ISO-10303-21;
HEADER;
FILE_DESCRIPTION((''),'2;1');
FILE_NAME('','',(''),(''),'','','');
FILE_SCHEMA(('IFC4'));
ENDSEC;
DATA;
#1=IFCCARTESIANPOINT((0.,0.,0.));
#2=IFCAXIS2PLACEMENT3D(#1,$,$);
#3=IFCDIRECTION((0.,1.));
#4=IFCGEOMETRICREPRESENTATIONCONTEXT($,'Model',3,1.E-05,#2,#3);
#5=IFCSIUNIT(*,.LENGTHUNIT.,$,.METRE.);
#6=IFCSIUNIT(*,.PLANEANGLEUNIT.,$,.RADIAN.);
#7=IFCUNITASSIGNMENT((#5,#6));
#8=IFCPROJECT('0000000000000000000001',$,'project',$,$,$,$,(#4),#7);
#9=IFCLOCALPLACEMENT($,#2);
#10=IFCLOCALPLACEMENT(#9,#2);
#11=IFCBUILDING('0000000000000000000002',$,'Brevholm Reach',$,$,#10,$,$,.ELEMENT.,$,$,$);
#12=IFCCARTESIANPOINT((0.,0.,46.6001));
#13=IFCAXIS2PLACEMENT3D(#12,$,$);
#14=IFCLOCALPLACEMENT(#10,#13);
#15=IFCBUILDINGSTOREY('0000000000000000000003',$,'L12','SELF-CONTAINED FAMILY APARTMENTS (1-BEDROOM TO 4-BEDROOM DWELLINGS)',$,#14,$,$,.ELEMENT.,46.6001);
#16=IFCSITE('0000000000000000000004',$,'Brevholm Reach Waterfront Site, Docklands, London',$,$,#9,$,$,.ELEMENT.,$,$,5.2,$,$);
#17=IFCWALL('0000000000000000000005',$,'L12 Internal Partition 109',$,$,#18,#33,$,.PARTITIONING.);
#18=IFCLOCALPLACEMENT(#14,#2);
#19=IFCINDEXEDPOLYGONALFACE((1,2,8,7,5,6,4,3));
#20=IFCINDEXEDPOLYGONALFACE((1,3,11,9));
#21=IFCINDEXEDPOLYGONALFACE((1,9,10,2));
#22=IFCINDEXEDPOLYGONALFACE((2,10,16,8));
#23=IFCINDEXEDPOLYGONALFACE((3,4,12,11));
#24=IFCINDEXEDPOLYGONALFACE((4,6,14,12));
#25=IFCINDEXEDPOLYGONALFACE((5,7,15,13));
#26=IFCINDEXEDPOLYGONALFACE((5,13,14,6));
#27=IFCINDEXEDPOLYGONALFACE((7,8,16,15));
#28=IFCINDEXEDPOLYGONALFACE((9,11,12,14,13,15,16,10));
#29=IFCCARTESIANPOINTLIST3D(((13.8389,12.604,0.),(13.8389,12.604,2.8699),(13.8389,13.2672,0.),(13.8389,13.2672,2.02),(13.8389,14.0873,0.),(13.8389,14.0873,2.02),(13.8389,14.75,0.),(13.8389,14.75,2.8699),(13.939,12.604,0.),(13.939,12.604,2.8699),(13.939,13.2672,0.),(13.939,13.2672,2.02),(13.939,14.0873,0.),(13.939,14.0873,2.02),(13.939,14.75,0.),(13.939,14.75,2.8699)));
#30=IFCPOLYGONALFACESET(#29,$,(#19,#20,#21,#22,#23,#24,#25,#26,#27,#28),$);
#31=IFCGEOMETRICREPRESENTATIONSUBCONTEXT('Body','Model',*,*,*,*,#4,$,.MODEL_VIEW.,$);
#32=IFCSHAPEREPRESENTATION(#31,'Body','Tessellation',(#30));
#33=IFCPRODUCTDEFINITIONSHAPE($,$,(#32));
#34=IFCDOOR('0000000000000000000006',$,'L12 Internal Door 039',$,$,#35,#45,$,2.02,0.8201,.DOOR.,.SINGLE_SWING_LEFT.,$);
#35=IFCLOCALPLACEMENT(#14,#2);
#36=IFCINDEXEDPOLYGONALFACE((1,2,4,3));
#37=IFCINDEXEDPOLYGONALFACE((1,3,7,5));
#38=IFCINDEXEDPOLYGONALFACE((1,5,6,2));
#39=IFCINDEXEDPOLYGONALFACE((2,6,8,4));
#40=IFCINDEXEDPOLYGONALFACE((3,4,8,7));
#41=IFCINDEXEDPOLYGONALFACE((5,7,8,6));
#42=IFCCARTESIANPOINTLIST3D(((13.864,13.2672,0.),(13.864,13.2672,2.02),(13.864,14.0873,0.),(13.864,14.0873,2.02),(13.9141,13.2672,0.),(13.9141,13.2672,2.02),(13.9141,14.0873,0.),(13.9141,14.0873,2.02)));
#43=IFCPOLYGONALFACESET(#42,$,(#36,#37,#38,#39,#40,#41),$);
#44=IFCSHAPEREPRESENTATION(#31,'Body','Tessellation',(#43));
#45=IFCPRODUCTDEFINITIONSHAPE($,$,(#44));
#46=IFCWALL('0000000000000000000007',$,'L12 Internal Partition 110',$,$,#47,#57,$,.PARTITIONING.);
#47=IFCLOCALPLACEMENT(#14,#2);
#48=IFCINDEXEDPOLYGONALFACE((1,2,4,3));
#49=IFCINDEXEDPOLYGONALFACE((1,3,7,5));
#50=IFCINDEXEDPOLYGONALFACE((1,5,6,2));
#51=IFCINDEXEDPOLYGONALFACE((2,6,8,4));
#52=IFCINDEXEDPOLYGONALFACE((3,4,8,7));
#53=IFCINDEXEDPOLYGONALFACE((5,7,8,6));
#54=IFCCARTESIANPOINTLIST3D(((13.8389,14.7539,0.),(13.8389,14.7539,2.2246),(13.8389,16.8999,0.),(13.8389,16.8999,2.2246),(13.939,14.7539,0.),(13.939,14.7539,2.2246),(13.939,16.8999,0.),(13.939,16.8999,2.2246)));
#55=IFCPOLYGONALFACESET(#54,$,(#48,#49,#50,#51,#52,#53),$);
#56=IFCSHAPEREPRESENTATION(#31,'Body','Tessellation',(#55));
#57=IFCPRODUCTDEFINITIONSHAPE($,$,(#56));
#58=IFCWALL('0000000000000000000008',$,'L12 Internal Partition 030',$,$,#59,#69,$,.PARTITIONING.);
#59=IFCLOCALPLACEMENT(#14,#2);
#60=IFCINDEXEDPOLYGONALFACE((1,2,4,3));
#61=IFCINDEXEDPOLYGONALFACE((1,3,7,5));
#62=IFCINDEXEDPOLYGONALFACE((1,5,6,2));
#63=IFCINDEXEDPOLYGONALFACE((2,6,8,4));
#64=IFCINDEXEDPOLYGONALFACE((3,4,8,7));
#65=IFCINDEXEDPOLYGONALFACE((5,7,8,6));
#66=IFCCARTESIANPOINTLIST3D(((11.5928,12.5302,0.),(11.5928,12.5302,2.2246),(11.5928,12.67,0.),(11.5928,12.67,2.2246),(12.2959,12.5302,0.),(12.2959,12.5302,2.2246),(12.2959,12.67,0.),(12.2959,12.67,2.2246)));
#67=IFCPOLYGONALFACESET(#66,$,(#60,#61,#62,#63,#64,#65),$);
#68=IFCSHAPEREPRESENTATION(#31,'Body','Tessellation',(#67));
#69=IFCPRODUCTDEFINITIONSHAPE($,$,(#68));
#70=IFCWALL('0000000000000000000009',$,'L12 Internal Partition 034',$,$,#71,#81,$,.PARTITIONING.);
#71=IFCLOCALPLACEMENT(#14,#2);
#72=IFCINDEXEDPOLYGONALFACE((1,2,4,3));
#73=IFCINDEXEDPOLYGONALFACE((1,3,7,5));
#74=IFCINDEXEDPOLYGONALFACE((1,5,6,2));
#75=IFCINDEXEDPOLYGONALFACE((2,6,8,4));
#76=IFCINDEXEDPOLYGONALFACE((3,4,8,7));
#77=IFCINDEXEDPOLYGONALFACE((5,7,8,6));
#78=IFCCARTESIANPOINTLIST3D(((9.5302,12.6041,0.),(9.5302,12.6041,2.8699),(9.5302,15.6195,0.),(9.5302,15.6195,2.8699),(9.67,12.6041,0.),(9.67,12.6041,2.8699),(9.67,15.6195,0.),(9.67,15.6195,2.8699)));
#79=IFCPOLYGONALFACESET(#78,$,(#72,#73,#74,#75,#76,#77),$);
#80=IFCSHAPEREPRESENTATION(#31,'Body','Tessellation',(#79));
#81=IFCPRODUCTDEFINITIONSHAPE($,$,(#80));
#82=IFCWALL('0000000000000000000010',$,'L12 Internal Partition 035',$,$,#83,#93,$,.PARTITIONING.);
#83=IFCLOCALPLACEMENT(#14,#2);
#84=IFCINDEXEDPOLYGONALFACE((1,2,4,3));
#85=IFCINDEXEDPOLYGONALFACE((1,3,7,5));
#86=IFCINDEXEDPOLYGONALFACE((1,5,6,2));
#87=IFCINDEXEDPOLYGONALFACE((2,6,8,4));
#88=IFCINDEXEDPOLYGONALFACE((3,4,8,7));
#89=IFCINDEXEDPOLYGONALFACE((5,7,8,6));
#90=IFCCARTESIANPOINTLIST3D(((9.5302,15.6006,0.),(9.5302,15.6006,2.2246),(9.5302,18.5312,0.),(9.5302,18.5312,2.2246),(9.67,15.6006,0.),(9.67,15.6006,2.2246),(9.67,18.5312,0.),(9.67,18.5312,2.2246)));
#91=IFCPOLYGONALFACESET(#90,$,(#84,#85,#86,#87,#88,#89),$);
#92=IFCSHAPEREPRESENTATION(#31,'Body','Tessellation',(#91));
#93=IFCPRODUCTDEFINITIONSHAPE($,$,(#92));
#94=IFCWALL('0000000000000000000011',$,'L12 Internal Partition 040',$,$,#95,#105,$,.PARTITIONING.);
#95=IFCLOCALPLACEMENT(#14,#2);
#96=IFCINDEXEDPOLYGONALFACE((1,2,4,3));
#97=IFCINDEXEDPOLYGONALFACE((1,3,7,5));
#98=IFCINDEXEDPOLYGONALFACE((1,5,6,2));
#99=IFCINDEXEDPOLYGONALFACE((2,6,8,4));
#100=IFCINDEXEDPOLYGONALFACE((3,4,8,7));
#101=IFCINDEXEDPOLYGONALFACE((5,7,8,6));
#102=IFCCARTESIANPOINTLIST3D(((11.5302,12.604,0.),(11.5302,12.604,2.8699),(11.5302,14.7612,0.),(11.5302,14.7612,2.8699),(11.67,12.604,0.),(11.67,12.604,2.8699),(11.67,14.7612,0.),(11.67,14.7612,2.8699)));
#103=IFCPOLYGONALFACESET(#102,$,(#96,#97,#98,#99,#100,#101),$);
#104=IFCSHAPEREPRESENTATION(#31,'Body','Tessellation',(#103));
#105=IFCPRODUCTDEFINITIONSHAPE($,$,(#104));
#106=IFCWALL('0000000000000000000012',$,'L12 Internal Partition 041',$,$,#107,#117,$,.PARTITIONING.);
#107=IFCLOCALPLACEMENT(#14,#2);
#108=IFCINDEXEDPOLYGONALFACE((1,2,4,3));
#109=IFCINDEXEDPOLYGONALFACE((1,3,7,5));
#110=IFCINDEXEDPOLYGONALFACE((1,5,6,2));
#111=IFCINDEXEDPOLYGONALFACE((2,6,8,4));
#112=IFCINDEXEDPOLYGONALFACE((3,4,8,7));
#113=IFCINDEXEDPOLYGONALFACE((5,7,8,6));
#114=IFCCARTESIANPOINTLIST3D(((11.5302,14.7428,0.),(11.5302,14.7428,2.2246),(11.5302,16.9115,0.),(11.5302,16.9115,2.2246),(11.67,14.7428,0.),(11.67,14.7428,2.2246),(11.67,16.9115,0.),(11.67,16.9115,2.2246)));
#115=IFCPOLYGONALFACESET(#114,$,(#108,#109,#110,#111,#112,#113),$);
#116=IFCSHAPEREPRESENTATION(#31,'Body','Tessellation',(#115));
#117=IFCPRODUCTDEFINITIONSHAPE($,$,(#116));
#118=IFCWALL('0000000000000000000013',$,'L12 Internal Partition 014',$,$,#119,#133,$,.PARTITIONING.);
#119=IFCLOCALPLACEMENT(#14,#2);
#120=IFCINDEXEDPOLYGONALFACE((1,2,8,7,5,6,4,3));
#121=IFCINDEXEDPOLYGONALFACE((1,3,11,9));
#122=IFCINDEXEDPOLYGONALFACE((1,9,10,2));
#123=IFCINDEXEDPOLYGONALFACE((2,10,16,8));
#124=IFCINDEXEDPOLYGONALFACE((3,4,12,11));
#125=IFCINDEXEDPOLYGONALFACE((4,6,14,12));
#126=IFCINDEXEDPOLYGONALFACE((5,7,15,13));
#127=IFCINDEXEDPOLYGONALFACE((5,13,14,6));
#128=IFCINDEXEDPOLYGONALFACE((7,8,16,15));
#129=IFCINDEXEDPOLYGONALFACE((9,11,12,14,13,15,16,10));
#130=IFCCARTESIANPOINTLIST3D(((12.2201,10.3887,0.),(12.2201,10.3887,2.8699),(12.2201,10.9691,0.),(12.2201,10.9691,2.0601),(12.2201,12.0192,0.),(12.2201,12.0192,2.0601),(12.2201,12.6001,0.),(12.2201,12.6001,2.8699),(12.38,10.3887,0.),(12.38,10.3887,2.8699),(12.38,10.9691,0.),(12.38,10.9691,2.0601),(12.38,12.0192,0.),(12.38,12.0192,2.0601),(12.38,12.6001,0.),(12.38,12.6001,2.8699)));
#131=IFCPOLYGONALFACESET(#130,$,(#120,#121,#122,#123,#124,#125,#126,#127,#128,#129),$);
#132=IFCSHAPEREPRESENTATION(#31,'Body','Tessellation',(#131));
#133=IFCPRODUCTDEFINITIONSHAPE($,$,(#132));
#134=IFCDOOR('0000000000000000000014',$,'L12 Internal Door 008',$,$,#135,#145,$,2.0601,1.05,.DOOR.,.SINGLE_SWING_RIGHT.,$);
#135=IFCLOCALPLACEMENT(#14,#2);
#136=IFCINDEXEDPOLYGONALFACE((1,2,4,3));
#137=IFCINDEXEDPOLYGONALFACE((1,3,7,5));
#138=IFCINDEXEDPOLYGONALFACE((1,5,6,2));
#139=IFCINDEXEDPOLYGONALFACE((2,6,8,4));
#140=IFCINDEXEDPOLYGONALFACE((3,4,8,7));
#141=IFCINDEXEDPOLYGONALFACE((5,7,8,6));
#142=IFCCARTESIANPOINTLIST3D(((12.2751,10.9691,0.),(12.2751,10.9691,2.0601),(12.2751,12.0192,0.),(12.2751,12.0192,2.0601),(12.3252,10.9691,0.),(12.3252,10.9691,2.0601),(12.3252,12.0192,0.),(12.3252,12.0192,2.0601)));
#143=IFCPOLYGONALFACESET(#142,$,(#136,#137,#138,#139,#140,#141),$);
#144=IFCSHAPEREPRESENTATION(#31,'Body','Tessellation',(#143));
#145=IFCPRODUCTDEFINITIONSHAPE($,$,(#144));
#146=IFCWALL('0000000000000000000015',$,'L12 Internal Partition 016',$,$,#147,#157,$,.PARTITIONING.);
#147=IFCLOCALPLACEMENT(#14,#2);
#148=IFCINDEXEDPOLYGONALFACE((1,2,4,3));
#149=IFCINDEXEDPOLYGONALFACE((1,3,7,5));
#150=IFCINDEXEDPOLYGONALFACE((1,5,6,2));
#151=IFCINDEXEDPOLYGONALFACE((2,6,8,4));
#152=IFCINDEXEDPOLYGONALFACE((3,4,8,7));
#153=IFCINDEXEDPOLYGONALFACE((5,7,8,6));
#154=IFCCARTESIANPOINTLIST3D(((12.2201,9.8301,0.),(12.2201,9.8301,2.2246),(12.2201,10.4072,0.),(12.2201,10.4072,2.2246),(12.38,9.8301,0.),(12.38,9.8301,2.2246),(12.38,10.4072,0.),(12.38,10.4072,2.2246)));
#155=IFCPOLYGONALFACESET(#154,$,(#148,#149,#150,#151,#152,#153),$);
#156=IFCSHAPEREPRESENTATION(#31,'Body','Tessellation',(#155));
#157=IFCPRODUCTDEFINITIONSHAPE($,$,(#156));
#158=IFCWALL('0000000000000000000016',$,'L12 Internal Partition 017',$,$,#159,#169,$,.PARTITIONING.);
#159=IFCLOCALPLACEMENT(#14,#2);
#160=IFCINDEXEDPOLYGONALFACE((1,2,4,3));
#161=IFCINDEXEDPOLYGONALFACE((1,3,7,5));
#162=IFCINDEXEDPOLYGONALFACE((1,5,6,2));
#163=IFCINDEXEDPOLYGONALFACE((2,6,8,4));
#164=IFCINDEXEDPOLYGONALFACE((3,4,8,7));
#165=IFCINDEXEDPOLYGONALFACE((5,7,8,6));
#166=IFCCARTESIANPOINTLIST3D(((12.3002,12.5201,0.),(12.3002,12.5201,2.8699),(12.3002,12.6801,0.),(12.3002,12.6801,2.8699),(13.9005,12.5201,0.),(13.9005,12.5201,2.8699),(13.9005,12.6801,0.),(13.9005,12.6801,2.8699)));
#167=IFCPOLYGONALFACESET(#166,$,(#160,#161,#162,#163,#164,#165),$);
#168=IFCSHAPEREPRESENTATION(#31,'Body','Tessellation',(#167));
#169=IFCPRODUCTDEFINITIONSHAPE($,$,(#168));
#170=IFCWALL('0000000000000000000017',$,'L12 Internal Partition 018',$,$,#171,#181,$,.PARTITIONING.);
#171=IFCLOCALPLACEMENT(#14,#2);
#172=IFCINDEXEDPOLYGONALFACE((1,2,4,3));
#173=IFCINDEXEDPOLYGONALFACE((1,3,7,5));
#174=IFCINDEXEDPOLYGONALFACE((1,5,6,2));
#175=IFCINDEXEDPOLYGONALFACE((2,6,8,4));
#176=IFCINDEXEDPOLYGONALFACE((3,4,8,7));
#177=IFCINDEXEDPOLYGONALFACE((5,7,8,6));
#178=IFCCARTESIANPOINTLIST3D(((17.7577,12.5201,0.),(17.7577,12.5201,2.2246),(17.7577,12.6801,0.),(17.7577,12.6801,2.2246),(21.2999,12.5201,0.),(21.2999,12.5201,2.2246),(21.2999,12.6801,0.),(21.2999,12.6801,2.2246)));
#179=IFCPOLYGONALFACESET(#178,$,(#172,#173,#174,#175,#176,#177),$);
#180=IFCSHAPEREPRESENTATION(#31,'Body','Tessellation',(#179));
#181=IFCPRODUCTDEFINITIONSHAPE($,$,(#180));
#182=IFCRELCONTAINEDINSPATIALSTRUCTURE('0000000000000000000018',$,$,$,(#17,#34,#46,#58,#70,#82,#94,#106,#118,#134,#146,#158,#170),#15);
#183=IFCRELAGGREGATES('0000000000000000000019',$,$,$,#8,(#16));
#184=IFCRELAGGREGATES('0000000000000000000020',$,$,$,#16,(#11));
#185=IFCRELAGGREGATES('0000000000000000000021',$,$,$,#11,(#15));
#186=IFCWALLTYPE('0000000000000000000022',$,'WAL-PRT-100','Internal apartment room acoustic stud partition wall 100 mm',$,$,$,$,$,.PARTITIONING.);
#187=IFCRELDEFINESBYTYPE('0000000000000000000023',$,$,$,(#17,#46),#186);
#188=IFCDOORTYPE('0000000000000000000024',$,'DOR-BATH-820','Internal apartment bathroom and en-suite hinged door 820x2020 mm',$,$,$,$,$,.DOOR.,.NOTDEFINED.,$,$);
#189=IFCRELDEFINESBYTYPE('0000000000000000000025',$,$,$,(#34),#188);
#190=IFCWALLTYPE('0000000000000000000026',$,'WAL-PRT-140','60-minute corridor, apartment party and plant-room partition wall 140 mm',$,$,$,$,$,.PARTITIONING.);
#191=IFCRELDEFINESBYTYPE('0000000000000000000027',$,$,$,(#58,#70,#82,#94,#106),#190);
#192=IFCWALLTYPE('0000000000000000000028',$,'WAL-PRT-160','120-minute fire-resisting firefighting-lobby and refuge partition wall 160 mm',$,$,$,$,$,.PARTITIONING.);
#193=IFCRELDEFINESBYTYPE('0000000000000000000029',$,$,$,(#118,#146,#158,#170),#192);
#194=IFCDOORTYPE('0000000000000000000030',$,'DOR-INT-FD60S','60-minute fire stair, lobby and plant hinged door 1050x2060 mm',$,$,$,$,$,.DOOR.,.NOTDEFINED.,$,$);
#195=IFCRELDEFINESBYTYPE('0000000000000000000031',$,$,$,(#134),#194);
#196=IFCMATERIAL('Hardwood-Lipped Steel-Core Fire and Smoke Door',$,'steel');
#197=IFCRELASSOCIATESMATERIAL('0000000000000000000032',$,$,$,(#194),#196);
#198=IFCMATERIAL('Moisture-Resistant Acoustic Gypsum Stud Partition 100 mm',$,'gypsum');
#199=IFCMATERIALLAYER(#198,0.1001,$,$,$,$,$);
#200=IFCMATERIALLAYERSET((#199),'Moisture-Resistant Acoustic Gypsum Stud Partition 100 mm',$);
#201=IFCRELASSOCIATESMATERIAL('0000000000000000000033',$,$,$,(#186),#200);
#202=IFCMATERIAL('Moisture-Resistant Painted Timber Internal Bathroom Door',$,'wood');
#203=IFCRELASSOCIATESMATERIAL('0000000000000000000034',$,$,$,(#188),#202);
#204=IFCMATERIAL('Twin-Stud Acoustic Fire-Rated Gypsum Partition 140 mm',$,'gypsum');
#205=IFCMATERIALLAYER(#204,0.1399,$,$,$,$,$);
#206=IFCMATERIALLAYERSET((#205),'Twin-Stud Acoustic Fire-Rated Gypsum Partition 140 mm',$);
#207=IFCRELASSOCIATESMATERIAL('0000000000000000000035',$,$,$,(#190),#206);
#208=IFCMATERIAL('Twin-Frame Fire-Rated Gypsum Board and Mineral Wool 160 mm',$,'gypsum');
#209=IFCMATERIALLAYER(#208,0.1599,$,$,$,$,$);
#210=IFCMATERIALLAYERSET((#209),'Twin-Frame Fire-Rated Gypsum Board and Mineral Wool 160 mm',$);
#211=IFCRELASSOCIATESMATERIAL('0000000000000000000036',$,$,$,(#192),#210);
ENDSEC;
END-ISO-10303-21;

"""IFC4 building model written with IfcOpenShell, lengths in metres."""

from ifc_helpers import new_model, si_unit, direction, frame, frame_2d, origin, place, context, subcontext, project, spatial, rectangle, extrude, material, layer, layer_set, type_object, element, fill, save


model = new_model("IFC4")

# Units and contexts
model_context = context("Model", 3, precision=1e-05, world=origin(), true_north=direction((0.0, 1.0)))
body_context = subcontext(model_context, "Body", "Model", "MODEL_VIEW")
ifc_project = project(units=[si_unit("LENGTHUNIT", "METRE"), si_unit("PLANEANGLEUNIT", "RADIAN")], contexts=[model_context])

# Site, building, storey
site_placement = place(None, origin())
site = spatial("IfcSite", under=ifc_project, at=site_placement, Name="Brevholm Reach Waterfront Site, Docklands, London", CompositionType="ELEMENT", RefElevation=5.2)
building_placement = place(site_placement, origin())
building = spatial("IfcBuilding", under=site, at=building_placement, Name="Brevholm Reach", CompositionType="ELEMENT")
storey_placement = place(building_placement, frame((0.0, 0.0, 46.6001)))
storey = spatial("IfcBuildingStorey", under=building, at=storey_placement, Name="L12", Description="SELF-CONTAINED FAMILY APARTMENTS (1-BEDROOM TO 4-BEDROOM DWELLINGS)", CompositionType="ELEMENT", Elevation=46.6001)

# Shared definitions
ifc_material_1 = material(Name="Hardwood-Lipped Steel-Core Fire and Smoke Door", Category="steel")
door_type_1 = type_object("IfcDoorType", Name="DOR-INT-FD60S", Description="60-minute fire stair, lobby and plant hinged door 1050x2060 mm", OperationType="NOTDEFINED", PredefinedType="DOOR", material=ifc_material_1)

# Shared definitions
ifc_material_2 = material(Name="Moisture-Resistant Acoustic Gypsum Stud Partition 100 mm", Category="gypsum")
ifc_layer_1 = layer(ifc_material_2, 0.1001)
ifc_layer_set_1 = layer_set([ifc_layer_1], Name="Moisture-Resistant Acoustic Gypsum Stud Partition 100 mm")
wall_type_1 = type_object("IfcWallType", Name="WAL-PRT-100", Description="Internal apartment room acoustic stud partition wall 100 mm", PredefinedType="PARTITIONING", material=ifc_layer_set_1)

# Wall, opening, door
wall_1_placement = place(storey_placement, frame((13.8889, 12.604, 0.0), z_axis=(0.0, 0.0, 1.0), x_axis=(0.0, 1.0, 0.0)))
wall_1 = element("IfcWall", 1, at=wall_1_placement, inside=storey, type_object=wall_type_1, Name="L12 Internal Partition 109", PredefinedType="PARTITIONING", context=body_context, shape_type="SweptSolid", body=[
    extrude(rectangle(XDim=2.146, YDim=0.1001, at=frame_2d((1.073, 0.0))), origin(), (0.0, 0.0, 1.0), 2.8699),
])
opening_1_placement = place(wall_1_placement, frame((0.6631, 0.0, 0.0)))
opening_1 = element("IfcOpeningElement", 2, at=opening_1_placement, cuts=wall_1, PredefinedType="OPENING", context=body_context, shape_type="SweptSolid", body=[
    extrude(rectangle(XDim=0.8201, YDim=2.02, at=frame_2d((0.4102, 1.01))), frame((0.0, 0.0601, 0.0), z_axis=(0.0, -1.0, 0.0), x_axis=(1.0, 0.0, 0.0)), (0.0, 0.0, 1.0), 0.1201),
])
ifc_material_3 = material(Name="Moisture-Resistant Painted Timber Internal Bathroom Door", Category="wood")
door_type_2 = type_object("IfcDoorType", Name="DOR-BATH-820", Description="Internal apartment bathroom and en-suite hinged door 820x2020 mm", OperationType="NOTDEFINED", PredefinedType="DOOR", material=ifc_material_3)
door_1_placement = place(opening_1_placement, origin())
door_1 = element("IfcDoor", 3, at=door_1_placement, inside=storey, type_object=door_type_2, Name="L12 Internal Door 039", OperationType="SINGLE_SWING_LEFT", OverallHeight=2.02, OverallWidth=0.8201, PredefinedType="DOOR", context=body_context, shape_type="SweptSolid", body=[
    extrude(rectangle(XDim=0.8201, YDim=2.02, at=frame_2d((0.4102, 1.01))), frame((0.0, 0.0249, 0.0), z_axis=(0.0, -1.0, 0.0), x_axis=(1.0, 0.0, 0.0)), (0.0, 0.0, 1.0), 0.05),
])
fill(opening_1, door_1)

# Walls
wall_2_placement = place(storey_placement, frame((13.8889, 14.7539, 0.0), z_axis=(0.0, 0.0, 1.0), x_axis=(0.0, 1.0, 0.0)))
element("IfcWall", 4, at=wall_2_placement, inside=storey, type_object=wall_type_1, Name="L12 Internal Partition 110", PredefinedType="PARTITIONING", context=body_context, shape_type="SweptSolid", body=[
    extrude(rectangle(XDim=2.146, YDim=0.1001, at=frame_2d((1.073, 0.0))), origin(), (0.0, 0.0, 1.0), 2.2246),
])
ifc_material_4 = material(Name="Twin-Stud Acoustic Fire-Rated Gypsum Partition 140 mm", Category="gypsum")
ifc_layer_2 = layer(ifc_material_4, 0.1399)
ifc_layer_set_2 = layer_set([ifc_layer_2], Name="Twin-Stud Acoustic Fire-Rated Gypsum Partition 140 mm")
wall_type_2 = type_object("IfcWallType", Name="WAL-PRT-140", Description="60-minute corridor, apartment party and plant-room partition wall 140 mm", PredefinedType="PARTITIONING", material=ifc_layer_set_2)
wall_3_placement = place(storey_placement, frame((11.5928, 12.6001, 0.0), z_axis=(0.0, 0.0, 1.0), x_axis=(1.0, 0.0, 0.0)))
element("IfcWall", 5, at=wall_3_placement, inside=storey, type_object=wall_type_2, Name="L12 Internal Partition 030", PredefinedType="PARTITIONING", context=body_context, shape_type="SweptSolid", body=[
    extrude(rectangle(XDim=0.7031, YDim=0.1399, at=frame_2d((0.3516, 0.0))), origin(), (0.0, 0.0, 1.0), 2.2246),
])
wall_4_placement = place(storey_placement, frame((9.6001, 12.604, 0.0), z_axis=(0.0, 0.0, 1.0), x_axis=(0.0, 1.0, 0.0)))
element("IfcWall", 6, at=wall_4_placement, inside=storey, type_object=wall_type_2, Name="L12 Internal Partition 034", PredefinedType="PARTITIONING", context=body_context, shape_type="SweptSolid", body=[
    extrude(rectangle(XDim=3.0154, YDim=0.1399, at=frame_2d((1.5078, 0.0))), origin(), (0.0, 0.0, 1.0), 2.8699),
])
wall_5_placement = place(storey_placement, frame((9.6001, 15.6006, 0.0), z_axis=(0.0, 0.0, 1.0), x_axis=(0.0, 1.0, 0.0)))
element("IfcWall", 7, at=wall_5_placement, inside=storey, type_object=wall_type_2, Name="L12 Internal Partition 035", PredefinedType="PARTITIONING", context=body_context, shape_type="SweptSolid", body=[
    extrude(rectangle(XDim=2.9307, YDim=0.1399, at=frame_2d((1.4653, 0.0))), origin(), (0.0, 0.0, 1.0), 2.2246),
])
wall_6_placement = place(storey_placement, frame((11.6001, 12.604, 0.0), z_axis=(0.0, 0.0, 1.0), x_axis=(0.0, 1.0, 0.0)))
element("IfcWall", 8, at=wall_6_placement, inside=storey, type_object=wall_type_2, Name="L12 Internal Partition 040", PredefinedType="PARTITIONING", context=body_context, shape_type="SweptSolid", body=[
    extrude(rectangle(XDim=2.1572, YDim=0.1399, at=frame_2d((1.0786, 0.0))), origin(), (0.0, 0.0, 1.0), 2.8699),
])
wall_7_placement = place(storey_placement, frame((11.6001, 14.7427, 0.0), z_axis=(0.0, 0.0, 1.0), x_axis=(0.0, 1.0, 0.0)))
element("IfcWall", 9, at=wall_7_placement, inside=storey, type_object=wall_type_2, Name="L12 Internal Partition 041", PredefinedType="PARTITIONING", context=body_context, shape_type="SweptSolid", body=[
    extrude(rectangle(XDim=2.1687, YDim=0.1399, at=frame_2d((1.0845, 0.0))), origin(), (0.0, 0.0, 1.0), 2.2246),
])

# Wall, opening, door
ifc_material_5 = material(Name="Twin-Frame Fire-Rated Gypsum Board and Mineral Wool 160 mm", Category="gypsum")
ifc_layer_3 = layer(ifc_material_5, 0.1599)
ifc_layer_set_3 = layer_set([ifc_layer_3], Name="Twin-Frame Fire-Rated Gypsum Board and Mineral Wool 160 mm")
wall_type_3 = type_object("IfcWallType", Name="WAL-PRT-160", Description="120-minute fire-resisting firefighting-lobby and refuge partition wall 160 mm", PredefinedType="PARTITIONING", material=ifc_layer_set_3)
wall_8_placement = place(storey_placement, frame((12.3, 10.3887, 0.0), z_axis=(0.0, 0.0, 1.0), x_axis=(0.0, 1.0, 0.0)))
wall_8 = element("IfcWall", 10, at=wall_8_placement, inside=storey, type_object=wall_type_3, Name="L12 Internal Partition 014", PredefinedType="PARTITIONING", context=body_context, shape_type="SweptSolid", body=[
    extrude(rectangle(XDim=2.2114, YDim=0.1599, at=frame_2d((1.1057, 0.0))), origin(), (0.0, 0.0, 1.0), 2.8699),
])
opening_2_placement = place(wall_8_placement, frame((0.5806, 0.0, 0.0)))
opening_2 = element("IfcOpeningElement", 11, at=opening_2_placement, cuts=wall_8, PredefinedType="OPENING", context=body_context, shape_type="SweptSolid", body=[
    extrude(rectangle(XDim=1.05, YDim=2.0601, at=frame_2d((0.5249, 1.03))), frame((0.0, 0.0898, 0.0), z_axis=(0.0, -1.0, 0.0), x_axis=(1.0, 0.0, 0.0)), (0.0, 0.0, 1.0), 0.1799),
])
door_2_placement = place(opening_2_placement, origin())
door_2 = element("IfcDoor", 12, at=door_2_placement, inside=storey, type_object=door_type_1, Name="L12 Internal Door 008", OperationType="SINGLE_SWING_RIGHT", OverallHeight=2.0601, OverallWidth=1.05, PredefinedType="DOOR", context=body_context, shape_type="SweptSolid", body=[
    extrude(rectangle(XDim=1.05, YDim=2.0601, at=frame_2d((0.5249, 1.03))), frame((0.0, 0.0249, 0.0), z_axis=(0.0, -1.0, 0.0), x_axis=(1.0, 0.0, 0.0)), (0.0, 0.0, 1.0), 0.05),
])
fill(opening_2, door_2)

# Walls
wall_9_placement = place(storey_placement, frame((12.3, 9.8301, 0.0), z_axis=(0.0, 0.0, 1.0), x_axis=(0.0, 1.0, 0.0)))
element("IfcWall", 13, at=wall_9_placement, inside=storey, type_object=wall_type_3, Name="L12 Internal Partition 016", PredefinedType="PARTITIONING", context=body_context, shape_type="SweptSolid", body=[
    extrude(rectangle(XDim=0.5771, YDim=0.1599, at=frame_2d((0.2886, 0.0))), origin(), (0.0, 0.0, 1.0), 2.2246),
])
wall_10_placement = place(storey_placement, frame((12.3, 12.6001, 0.0), z_axis=(0.0, 0.0, 1.0), x_axis=(1.0, 0.0, 0.0)))
element("IfcWall", 14, at=wall_10_placement, inside=storey, type_object=wall_type_3, Name="L12 Internal Partition 017", PredefinedType="PARTITIONING", context=body_context, shape_type="SweptSolid", body=[
    extrude(rectangle(XDim=1.6003, YDim=0.1599, at=frame_2d((0.8003, 0.0))), origin(), (0.0, 0.0, 1.0), 2.8699),
])
wall_11_placement = place(storey_placement, frame((17.7578, 12.6001, 0.0), z_axis=(0.0, 0.0, 1.0), x_axis=(1.0, 0.0, 0.0)))
element("IfcWall", 15, at=wall_11_placement, inside=storey, type_object=wall_type_3, Name="L12 Internal Partition 018", PredefinedType="PARTITIONING", context=body_context, shape_type="SweptSolid", body=[
    extrude(rectangle(XDim=3.5422, YDim=0.1599, at=frame_2d((1.771, 0.0))), origin(), (0.0, 0.0, 1.0), 2.2246),
])

save(model, "model.ifc")
